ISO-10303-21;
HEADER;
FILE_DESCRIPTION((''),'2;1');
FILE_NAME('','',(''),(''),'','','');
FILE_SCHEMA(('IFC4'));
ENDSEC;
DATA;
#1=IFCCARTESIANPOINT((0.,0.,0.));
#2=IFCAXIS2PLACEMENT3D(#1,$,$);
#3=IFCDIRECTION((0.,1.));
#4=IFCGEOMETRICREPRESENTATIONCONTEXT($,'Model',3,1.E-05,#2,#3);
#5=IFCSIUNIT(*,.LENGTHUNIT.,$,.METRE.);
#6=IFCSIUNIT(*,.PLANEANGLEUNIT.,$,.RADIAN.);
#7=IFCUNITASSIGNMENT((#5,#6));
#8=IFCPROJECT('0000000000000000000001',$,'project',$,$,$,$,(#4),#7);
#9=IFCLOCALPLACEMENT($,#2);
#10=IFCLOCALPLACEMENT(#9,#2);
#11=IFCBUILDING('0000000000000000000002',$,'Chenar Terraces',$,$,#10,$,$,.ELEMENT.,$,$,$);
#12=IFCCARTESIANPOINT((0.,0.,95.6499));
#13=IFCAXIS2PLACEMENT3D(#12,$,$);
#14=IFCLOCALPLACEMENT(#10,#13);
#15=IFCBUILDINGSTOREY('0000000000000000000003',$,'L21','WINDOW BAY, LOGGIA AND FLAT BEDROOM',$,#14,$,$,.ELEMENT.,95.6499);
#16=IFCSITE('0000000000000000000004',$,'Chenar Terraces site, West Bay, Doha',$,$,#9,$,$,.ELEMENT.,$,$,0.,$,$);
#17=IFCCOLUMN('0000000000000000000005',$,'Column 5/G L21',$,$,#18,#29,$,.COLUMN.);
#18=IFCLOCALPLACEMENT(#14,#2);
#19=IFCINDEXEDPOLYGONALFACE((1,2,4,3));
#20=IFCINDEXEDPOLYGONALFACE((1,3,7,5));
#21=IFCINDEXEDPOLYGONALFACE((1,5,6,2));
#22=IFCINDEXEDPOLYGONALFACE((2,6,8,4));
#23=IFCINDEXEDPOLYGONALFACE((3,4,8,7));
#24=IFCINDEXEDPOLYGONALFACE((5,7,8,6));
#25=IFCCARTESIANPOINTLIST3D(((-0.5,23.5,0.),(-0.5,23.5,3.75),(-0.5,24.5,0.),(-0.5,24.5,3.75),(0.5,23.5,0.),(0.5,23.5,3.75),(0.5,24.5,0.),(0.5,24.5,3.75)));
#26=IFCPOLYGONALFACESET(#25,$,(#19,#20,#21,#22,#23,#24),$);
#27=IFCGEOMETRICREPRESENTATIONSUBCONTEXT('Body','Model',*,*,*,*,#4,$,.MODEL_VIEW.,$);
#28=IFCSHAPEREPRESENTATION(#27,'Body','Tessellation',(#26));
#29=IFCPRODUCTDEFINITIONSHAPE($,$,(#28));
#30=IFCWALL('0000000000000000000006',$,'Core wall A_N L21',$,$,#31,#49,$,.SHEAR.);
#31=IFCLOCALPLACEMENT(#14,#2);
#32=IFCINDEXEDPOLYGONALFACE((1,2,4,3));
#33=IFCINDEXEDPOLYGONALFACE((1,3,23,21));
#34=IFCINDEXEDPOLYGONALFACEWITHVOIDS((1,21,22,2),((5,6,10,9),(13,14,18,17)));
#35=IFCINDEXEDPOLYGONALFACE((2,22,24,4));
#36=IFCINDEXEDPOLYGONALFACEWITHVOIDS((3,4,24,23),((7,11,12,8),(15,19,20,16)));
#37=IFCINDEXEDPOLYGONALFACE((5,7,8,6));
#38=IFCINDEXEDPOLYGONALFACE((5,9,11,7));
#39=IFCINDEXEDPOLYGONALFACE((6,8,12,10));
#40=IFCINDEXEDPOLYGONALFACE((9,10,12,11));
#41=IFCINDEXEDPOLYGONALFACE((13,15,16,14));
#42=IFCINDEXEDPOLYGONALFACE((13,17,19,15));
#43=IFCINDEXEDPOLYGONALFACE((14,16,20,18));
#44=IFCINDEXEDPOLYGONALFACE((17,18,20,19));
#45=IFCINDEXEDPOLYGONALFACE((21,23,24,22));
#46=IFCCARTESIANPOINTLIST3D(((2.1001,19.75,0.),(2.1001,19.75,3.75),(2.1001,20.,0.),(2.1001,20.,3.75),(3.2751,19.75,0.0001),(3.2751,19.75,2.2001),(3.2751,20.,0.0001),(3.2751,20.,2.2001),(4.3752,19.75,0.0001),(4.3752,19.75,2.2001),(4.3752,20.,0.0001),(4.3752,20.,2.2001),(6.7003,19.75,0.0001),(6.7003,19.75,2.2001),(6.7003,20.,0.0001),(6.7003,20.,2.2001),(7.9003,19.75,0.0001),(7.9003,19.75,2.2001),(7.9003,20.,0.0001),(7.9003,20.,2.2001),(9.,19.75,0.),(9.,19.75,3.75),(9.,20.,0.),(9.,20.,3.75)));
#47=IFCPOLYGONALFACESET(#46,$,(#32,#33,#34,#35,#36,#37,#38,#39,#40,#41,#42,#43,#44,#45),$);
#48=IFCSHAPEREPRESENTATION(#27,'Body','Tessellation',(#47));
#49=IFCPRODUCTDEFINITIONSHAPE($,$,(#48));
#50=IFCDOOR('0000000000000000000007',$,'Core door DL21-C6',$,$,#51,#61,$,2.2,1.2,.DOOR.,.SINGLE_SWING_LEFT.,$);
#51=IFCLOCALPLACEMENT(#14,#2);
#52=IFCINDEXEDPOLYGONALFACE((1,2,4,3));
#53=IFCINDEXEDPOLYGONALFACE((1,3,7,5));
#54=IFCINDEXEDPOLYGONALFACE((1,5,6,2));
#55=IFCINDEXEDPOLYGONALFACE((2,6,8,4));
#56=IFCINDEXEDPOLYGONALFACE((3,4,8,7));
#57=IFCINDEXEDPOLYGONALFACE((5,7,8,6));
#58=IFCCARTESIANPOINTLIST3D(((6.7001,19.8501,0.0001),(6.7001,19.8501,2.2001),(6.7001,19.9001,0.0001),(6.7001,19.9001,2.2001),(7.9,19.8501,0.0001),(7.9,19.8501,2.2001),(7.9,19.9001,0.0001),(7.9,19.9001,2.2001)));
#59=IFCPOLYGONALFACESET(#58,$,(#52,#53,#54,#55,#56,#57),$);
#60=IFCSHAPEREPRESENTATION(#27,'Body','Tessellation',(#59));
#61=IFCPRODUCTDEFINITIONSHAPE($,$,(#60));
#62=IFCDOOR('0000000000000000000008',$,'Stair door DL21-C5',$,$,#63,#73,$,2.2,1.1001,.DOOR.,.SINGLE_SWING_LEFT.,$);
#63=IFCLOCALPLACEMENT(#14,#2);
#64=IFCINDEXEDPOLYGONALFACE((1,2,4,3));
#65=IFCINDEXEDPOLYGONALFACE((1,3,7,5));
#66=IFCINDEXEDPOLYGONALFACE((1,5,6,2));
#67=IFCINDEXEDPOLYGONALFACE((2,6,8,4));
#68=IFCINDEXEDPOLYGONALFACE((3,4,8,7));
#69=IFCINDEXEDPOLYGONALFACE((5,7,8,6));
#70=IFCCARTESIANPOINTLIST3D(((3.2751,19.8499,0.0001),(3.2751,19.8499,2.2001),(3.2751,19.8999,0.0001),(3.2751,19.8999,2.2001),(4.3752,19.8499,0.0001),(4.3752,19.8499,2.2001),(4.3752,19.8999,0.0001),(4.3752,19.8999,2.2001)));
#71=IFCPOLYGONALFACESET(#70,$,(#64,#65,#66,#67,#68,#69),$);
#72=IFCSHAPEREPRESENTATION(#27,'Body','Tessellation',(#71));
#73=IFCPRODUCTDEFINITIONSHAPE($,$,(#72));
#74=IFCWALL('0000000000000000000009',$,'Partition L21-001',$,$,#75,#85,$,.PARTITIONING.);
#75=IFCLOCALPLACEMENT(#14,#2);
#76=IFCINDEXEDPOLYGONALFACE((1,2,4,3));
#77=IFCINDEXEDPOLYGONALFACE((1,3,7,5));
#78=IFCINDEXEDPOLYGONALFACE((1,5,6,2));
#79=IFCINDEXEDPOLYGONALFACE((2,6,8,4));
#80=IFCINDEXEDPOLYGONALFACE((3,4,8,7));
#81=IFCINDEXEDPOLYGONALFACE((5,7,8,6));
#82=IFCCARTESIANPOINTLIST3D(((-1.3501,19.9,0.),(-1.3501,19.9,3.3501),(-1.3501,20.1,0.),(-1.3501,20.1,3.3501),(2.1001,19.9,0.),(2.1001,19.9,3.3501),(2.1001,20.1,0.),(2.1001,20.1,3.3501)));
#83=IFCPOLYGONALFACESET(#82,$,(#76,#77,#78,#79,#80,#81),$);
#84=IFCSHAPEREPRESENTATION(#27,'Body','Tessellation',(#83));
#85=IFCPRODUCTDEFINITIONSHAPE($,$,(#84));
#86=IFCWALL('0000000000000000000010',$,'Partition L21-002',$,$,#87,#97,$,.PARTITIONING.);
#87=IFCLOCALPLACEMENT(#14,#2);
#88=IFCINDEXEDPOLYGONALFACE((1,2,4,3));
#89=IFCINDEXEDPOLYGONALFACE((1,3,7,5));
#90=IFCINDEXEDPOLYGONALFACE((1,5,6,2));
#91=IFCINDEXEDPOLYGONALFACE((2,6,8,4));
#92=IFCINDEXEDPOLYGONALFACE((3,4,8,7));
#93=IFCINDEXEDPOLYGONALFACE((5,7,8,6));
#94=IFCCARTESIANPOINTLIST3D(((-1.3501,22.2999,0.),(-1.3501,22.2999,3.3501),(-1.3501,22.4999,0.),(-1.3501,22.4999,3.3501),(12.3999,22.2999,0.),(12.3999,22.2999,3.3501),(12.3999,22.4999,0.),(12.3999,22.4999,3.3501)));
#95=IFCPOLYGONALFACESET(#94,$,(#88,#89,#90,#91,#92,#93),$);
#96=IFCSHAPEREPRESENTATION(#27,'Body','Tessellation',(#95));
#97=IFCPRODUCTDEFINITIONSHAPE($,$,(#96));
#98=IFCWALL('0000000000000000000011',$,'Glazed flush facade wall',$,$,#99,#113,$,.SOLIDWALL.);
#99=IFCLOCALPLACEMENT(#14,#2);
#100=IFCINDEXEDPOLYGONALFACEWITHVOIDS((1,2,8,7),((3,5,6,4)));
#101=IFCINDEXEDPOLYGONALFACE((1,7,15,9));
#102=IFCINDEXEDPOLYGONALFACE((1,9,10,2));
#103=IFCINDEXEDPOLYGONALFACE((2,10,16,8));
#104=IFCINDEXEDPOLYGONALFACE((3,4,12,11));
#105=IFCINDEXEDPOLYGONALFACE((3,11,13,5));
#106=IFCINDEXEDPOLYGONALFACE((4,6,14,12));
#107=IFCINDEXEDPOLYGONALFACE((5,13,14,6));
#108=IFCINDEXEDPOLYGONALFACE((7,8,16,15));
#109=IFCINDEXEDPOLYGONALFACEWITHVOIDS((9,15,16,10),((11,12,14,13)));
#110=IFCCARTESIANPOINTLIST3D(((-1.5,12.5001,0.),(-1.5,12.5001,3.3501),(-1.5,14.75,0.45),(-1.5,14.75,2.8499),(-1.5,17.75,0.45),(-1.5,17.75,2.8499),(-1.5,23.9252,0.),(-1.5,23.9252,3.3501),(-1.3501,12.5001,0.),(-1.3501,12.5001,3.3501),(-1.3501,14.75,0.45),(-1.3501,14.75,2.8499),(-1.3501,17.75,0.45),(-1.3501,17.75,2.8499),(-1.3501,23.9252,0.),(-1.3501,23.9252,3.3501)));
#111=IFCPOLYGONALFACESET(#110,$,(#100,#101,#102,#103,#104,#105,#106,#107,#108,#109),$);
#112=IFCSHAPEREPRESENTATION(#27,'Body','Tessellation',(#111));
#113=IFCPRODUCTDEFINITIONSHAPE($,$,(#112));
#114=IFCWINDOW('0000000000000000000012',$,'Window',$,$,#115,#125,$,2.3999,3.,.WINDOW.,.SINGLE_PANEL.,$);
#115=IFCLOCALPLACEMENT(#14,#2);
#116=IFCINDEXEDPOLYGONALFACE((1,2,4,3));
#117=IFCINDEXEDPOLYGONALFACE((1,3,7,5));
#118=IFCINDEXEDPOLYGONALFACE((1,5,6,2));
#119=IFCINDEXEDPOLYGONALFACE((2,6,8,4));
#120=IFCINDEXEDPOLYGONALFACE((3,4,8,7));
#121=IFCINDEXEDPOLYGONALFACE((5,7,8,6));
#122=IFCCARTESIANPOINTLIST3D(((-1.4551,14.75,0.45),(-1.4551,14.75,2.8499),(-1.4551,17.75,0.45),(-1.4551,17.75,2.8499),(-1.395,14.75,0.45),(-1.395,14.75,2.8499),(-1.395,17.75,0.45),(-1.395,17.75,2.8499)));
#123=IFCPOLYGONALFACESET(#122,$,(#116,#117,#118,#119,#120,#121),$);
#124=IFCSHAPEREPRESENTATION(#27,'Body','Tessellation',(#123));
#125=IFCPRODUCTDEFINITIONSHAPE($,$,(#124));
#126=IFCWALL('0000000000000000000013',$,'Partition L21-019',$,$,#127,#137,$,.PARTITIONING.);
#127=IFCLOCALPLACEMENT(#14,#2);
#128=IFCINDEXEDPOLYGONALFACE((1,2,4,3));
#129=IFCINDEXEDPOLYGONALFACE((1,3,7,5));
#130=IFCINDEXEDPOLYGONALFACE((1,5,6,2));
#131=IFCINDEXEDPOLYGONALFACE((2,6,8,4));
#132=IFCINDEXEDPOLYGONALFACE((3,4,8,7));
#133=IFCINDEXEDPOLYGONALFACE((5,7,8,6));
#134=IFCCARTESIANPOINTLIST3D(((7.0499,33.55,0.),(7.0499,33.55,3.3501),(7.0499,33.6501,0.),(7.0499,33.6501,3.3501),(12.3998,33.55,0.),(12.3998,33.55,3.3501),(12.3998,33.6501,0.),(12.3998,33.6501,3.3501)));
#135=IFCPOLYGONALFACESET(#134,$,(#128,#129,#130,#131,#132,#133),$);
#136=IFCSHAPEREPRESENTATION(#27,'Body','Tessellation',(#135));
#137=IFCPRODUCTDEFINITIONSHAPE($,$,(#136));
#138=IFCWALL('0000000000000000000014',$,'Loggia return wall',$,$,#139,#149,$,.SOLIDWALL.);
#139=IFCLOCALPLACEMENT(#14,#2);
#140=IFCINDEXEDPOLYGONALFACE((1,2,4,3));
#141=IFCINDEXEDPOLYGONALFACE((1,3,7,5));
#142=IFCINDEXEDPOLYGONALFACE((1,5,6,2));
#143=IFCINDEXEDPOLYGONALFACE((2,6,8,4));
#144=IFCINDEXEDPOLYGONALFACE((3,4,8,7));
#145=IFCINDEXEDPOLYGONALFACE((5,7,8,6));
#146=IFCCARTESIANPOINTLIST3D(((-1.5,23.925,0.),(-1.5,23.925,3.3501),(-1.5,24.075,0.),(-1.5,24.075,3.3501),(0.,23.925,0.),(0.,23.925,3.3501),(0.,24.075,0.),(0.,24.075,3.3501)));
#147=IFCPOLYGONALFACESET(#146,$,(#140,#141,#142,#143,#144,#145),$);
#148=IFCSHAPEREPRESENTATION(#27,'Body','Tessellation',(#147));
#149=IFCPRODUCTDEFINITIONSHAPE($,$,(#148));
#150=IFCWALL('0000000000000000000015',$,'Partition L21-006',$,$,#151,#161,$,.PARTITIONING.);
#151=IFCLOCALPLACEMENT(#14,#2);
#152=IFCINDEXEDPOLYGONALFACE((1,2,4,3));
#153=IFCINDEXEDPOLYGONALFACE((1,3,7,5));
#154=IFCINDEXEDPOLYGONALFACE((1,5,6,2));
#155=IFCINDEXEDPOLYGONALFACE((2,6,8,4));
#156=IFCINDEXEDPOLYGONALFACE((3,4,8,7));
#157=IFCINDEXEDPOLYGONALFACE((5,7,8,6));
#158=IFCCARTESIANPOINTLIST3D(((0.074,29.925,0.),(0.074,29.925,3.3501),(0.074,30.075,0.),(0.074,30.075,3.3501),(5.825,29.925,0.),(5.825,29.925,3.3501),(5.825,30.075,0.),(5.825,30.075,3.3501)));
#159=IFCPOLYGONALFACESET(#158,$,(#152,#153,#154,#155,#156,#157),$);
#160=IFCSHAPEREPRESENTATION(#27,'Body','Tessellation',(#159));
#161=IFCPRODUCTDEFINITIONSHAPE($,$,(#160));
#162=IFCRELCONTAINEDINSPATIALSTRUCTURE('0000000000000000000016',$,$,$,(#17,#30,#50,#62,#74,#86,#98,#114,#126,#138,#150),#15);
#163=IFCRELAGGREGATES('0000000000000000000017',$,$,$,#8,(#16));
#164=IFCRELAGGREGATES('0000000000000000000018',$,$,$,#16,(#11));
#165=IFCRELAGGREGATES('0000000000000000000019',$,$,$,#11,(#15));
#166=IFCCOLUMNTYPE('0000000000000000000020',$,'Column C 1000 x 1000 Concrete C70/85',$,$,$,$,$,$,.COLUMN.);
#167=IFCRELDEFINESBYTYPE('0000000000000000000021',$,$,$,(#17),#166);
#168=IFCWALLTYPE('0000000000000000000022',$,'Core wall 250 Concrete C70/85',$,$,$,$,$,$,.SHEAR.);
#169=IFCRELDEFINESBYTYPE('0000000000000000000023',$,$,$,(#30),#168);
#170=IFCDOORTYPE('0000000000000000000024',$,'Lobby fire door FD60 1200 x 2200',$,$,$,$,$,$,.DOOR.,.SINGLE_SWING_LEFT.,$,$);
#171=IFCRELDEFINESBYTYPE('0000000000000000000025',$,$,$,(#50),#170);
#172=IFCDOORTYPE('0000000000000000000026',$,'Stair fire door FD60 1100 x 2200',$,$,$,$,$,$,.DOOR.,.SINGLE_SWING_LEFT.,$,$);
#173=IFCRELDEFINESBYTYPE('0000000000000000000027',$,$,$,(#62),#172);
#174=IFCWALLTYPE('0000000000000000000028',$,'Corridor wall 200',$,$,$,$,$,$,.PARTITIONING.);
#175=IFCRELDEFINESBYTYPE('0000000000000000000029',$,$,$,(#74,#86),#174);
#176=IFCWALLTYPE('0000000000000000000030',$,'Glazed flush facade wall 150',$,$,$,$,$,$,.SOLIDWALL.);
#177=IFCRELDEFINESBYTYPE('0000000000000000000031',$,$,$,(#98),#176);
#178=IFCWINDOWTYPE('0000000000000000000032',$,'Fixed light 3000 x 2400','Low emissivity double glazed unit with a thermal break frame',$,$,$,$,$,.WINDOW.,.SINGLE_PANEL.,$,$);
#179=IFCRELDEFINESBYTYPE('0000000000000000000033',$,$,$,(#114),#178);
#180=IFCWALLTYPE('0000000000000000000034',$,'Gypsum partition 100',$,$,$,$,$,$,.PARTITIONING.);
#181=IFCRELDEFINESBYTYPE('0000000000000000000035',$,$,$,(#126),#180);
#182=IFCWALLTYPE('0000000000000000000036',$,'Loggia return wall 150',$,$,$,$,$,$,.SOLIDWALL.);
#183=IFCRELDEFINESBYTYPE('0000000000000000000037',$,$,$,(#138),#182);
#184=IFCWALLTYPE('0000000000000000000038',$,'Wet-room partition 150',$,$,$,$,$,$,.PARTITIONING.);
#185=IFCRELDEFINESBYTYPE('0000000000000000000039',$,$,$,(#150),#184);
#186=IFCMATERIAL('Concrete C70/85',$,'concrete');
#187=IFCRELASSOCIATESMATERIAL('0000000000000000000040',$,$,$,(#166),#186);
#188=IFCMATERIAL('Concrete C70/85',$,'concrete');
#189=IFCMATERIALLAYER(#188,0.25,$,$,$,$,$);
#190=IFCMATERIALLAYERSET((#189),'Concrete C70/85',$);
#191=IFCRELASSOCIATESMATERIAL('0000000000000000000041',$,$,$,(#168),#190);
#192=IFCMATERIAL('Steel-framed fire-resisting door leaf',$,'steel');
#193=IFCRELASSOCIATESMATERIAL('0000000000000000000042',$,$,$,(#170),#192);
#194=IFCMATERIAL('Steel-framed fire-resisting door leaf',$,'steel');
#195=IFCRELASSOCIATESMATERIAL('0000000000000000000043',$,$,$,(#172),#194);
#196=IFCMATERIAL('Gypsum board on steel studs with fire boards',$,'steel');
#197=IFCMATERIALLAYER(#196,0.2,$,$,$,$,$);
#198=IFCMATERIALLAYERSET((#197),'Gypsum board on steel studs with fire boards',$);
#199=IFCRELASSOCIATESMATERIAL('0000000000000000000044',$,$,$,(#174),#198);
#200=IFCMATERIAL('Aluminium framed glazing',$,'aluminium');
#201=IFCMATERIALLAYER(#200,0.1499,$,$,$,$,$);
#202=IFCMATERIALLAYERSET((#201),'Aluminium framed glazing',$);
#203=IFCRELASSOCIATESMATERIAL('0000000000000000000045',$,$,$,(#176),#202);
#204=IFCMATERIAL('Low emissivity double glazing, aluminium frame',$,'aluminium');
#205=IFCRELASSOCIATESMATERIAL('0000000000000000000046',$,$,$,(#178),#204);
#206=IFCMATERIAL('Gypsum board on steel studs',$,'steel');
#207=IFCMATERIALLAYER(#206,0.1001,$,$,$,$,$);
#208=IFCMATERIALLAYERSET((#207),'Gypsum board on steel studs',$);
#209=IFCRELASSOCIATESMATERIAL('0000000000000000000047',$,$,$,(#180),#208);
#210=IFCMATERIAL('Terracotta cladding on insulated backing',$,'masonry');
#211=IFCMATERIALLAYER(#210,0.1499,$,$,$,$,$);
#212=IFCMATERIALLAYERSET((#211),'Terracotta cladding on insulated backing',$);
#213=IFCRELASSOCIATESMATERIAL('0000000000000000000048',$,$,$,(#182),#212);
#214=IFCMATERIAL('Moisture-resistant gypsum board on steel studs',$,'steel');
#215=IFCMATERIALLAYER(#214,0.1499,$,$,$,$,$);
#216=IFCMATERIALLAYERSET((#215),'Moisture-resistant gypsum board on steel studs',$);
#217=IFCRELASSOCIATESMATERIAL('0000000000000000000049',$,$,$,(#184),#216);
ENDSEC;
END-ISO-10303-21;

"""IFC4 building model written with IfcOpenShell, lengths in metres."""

from ifc_helpers import new_model, si_unit, direction, frame, frame_2d, origin, origin_2d, place, context, subcontext, project, spatial, rectangle, extrude, material, layer, layer_set, material_profile, profile_set, type_object, element, fill, save


model = new_model("IFC4")

# Units and contexts
model_context = context("Model", 3, precision=1e-05, world=origin(), true_north=direction((0.0, 1.0)))
body_context = subcontext(model_context, "Body", "Model", "MODEL_VIEW")
ifc_project = project(units=[si_unit("LENGTHUNIT", "METRE"), si_unit("PLANEANGLEUNIT", "RADIAN")], contexts=[model_context])

# Site, building, storey
site_placement = place(None, origin())
site = spatial("IfcSite", under=ifc_project, at=site_placement, Name="Chenar Terraces site, West Bay, Doha", CompositionType="ELEMENT", RefElevation=0.0)
building_placement = place(site_placement, origin())
building = spatial("IfcBuilding", under=site, at=building_placement, Name="Chenar Terraces", CompositionType="ELEMENT")
storey_placement = place(building_placement, frame((0.0, 0.0, 95.6499)))
storey = spatial("IfcBuildingStorey", under=building, at=storey_placement, Name="L21", Description="WINDOW BAY, LOGGIA AND FLAT BEDROOM", CompositionType="ELEMENT", Elevation=95.6499)

# Column
ifc_material_1 = material(Name="Concrete C70/85", Category="concrete")
ifc_material_profile = material_profile(ifc_material_1, rectangle(XDim=1.0, YDim=1.0, at=origin_2d()), Name="C 1000 x 1000")
ifc_profile_set = profile_set([ifc_material_profile], Name="Concrete C70/85")
column_type = type_object("IfcColumnType", Name="Column C 1000 x 1000 Concrete C70/85", PredefinedType="COLUMN", material=ifc_profile_set)
column_placement = place(storey_placement, frame((0.0, 24.0, 0.0), z_axis=(0.0, 0.0, 1.0), x_axis=(1.0, 0.0, 0.0)))
element("IfcColumn", 1, at=column_placement, inside=storey, type_object=column_type, Name="Column 5/G L21", PredefinedType="COLUMN", context=body_context, shape_type="SweptSolid", body=[
    extrude(rectangle(XDim=1.0, YDim=1.0, at=origin_2d()), origin(), (0.0, 0.0, 1.0), 3.75),
])

# Wall, openings, doors
ifc_material_2 = material(Name="Concrete C70/85", Category="concrete")
ifc_layer_1 = layer(ifc_material_2, 0.25)
ifc_layer_set_1 = layer_set([ifc_layer_1], Name="Concrete C70/85")
wall_type_1 = type_object("IfcWallType", Name="Core wall 250 Concrete C70/85", PredefinedType="SHEAR", material=ifc_layer_set_1)
wall_1_placement = place(storey_placement, frame((2.1001, 19.875, 0.0), z_axis=(0.0, 0.0, 1.0), x_axis=(1.0, 0.0, 0.0)))
wall_1 = element("IfcWall", 2, at=wall_1_placement, inside=storey, type_object=wall_type_1, Name="Core wall A_N L21", PredefinedType="SHEAR", context=body_context, shape_type="SweptSolid", body=[
    extrude(rectangle(XDim=6.8999, YDim=0.25, at=frame_2d((3.45, 0.0))), origin(), (0.0, 0.0, 1.0), 3.75),
])
opening_1_placement = place(wall_1_placement, frame((1.175, 0.0, 0.0)))
opening_1 = element("IfcOpeningElement", 3, at=opening_1_placement, cuts=wall_1, PredefinedType="OPENING", context=body_context, shape_type="SweptSolid", body=[
    extrude(rectangle(XDim=1.1001, YDim=2.2, at=frame_2d((0.55, 1.1001))), frame((0.0, 0.135, 0.0), z_axis=(0.0, -1.0, 0.0), x_axis=(1.0, 0.0, 0.0)), (0.0, 0.0, 1.0), 0.27),
])
opening_2_placement = place(wall_1_placement, frame((4.6001, 0.0, 0.0)))
opening_2 = element("IfcOpeningElement", 4, at=opening_2_placement, cuts=wall_1, PredefinedType="OPENING", context=body_context, shape_type="SweptSolid", body=[
    extrude(rectangle(XDim=1.2, YDim=2.2, at=frame_2d((0.6001, 1.1001))), frame((0.0, 0.135, 0.0), z_axis=(0.0, -1.0, 0.0), x_axis=(1.0, 0.0, 0.0)), (0.0, 0.0, 1.0), 0.27),
])
ifc_material_3 = material(Name="Steel-framed fire-resisting door leaf", Category="steel")
door_type_1 = type_object("IfcDoorType", Name="Lobby fire door FD60 1200 x 2200", OperationType="SINGLE_SWING_LEFT", PredefinedType="DOOR", material=ifc_material_3)
door_1_placement = place(opening_2_placement, frame((1.2, 0.0, 0.0), z_axis=(0.0, 0.0, 1.0), x_axis=(-1.0, 0.0, 0.0)))
door_1 = element("IfcDoor", 5, at=door_1_placement, inside=storey, type_object=door_type_1, Name="Core door DL21-C6", OperationType="SINGLE_SWING_LEFT", OverallHeight=2.2, OverallWidth=1.2, PredefinedType="DOOR", context=body_context, shape_type="SweptSolid", body=[
    extrude(rectangle(XDim=1.2, YDim=2.2, at=frame_2d((0.6001, 1.1001))), frame((0.0, 0.0249, 0.0), z_axis=(0.0, -1.0, 0.0), x_axis=(1.0, 0.0, 0.0)), (0.0, 0.0, 1.0), 0.05),
])
fill(opening_2, door_1)
ifc_material_4 = material(Name="Steel-framed fire-resisting door leaf", Category="steel")
door_type_2 = type_object("IfcDoorType", Name="Stair fire door FD60 1100 x 2200", OperationType="SINGLE_SWING_LEFT", PredefinedType="DOOR", material=ifc_material_4)
door_2_placement = place(opening_1_placement, origin())
door_2 = element("IfcDoor", 6, at=door_2_placement, inside=storey, type_object=door_type_2, Name="Stair door DL21-C5", OperationType="SINGLE_SWING_LEFT", OverallHeight=2.2, OverallWidth=1.1001, PredefinedType="DOOR", context=body_context, shape_type="SweptSolid", body=[
    extrude(rectangle(XDim=1.1001, YDim=2.2, at=frame_2d((0.55, 1.1001))), frame((0.0, 0.0249, 0.0), z_axis=(0.0, -1.0, 0.0), x_axis=(1.0, 0.0, 0.0)), (0.0, 0.0, 1.0), 0.05),
])
fill(opening_1, door_2)

# Walls
ifc_material_5 = material(Name="Gypsum board on steel studs with fire boards", Category="steel")
ifc_layer_2 = layer(ifc_material_5, 0.2)
ifc_layer_set_2 = layer_set([ifc_layer_2], Name="Gypsum board on steel studs with fire boards")
wall_type_2 = type_object("IfcWallType", Name="Corridor wall 200", PredefinedType="PARTITIONING", material=ifc_layer_set_2)
wall_2_placement = place(storey_placement, frame((-1.3501, 20.0, 0.0), z_axis=(0.0, 0.0, 1.0), x_axis=(1.0, 0.0, 0.0)))
element("IfcWall", 7, at=wall_2_placement, inside=storey, type_object=wall_type_2, Name="Partition L21-001", PredefinedType="PARTITIONING", context=body_context, shape_type="SweptSolid", body=[
    extrude(rectangle(XDim=3.4502, YDim=0.2, at=frame_2d((1.7251, 0.0))), origin(), (0.0, 0.0, 1.0), 3.3501),
])
wall_3_placement = place(storey_placement, frame((-1.3501, 22.3999, 0.0), z_axis=(0.0, 0.0, 1.0), x_axis=(1.0, 0.0, 0.0)))
element("IfcWall", 8, at=wall_3_placement, inside=storey, type_object=wall_type_2, Name="Partition L21-002", PredefinedType="PARTITIONING", context=body_context, shape_type="SweptSolid", body=[
    extrude(rectangle(XDim=13.75, YDim=0.2, at=frame_2d((6.875, 0.0))), origin(), (0.0, 0.0, 1.0), 3.3501),
])

# Wall, opening, window
ifc_material_6 = material(Name="Aluminium framed glazing", Category="aluminium")
ifc_layer_3 = layer(ifc_material_6, 0.1499)
ifc_layer_set_3 = layer_set([ifc_layer_3], Name="Aluminium framed glazing")
wall_type_3 = type_object("IfcWallType", Name="Glazed flush facade wall 150", PredefinedType="SOLIDWALL", material=ifc_layer_set_3)
wall_4_placement = place(storey_placement, frame((-1.425, 23.925, 0.0), z_axis=(0.0, 0.0, 1.0), x_axis=(0.0, -1.0, 0.0)))
wall_4 = element("IfcWall", 9, at=wall_4_placement, inside=storey, type_object=wall_type_3, Name="Glazed flush facade wall", PredefinedType="SOLIDWALL", context=body_context, shape_type="SweptSolid", body=[
    extrude(rectangle(XDim=11.425, YDim=0.1499, at=frame_2d((5.7124, 0.0))), origin(), (0.0, 0.0, 1.0), 3.3501),
])
opening_3_placement = place(wall_4_placement, frame((6.175, 0.0, 0.45)))
opening_3 = element("IfcOpeningElement", 10, at=opening_3_placement, cuts=wall_4, PredefinedType="OPENING", context=body_context, shape_type="SweptSolid", body=[
    extrude(rectangle(XDim=3.0, YDim=2.3999, at=frame_2d((1.5, 1.2))), frame((0.0, 0.085, 0.0), z_axis=(0.0, -1.0, 0.0), x_axis=(1.0, 0.0, 0.0)), (0.0, 0.0, 1.0), 0.1699),
])
ifc_material_7 = material(Name="Low emissivity double glazing, aluminium frame", Category="aluminium")
window_type = type_object("IfcWindowType", Name="Fixed light 3000 x 2400", Description="Low emissivity double glazed unit with a thermal break frame", PartitioningType="SINGLE_PANEL", PredefinedType="WINDOW", material=ifc_material_7)
window_placement = place(opening_3_placement, origin())
window = element("IfcWindow", 11, at=window_placement, inside=storey, type_object=window_type, Name="Window", OverallHeight=2.3999, OverallWidth=3.0, PartitioningType="SINGLE_PANEL", PredefinedType="WINDOW", context=body_context, shape_type="SweptSolid", body=[
    extrude(rectangle(XDim=3.0, YDim=2.3999, at=frame_2d((1.5, 1.2))), frame((0.0, 0.03, 0.0), z_axis=(0.0, -1.0, 0.0), x_axis=(1.0, 0.0, 0.0)), (0.0, 0.0, 1.0), 0.0601),
])
fill(opening_3, window)

# Walls
ifc_material_8 = material(Name="Gypsum board on steel studs", Category="steel")
ifc_layer_4 = layer(ifc_material_8, 0.1001)
ifc_layer_set_4 = layer_set([ifc_layer_4], Name="Gypsum board on steel studs")
wall_type_4 = type_object("IfcWallType", Name="Gypsum partition 100", PredefinedType="PARTITIONING", material=ifc_layer_set_4)
wall_5_placement = place(storey_placement, frame((7.05, 33.6001, 0.0), z_axis=(0.0, 0.0, 1.0), x_axis=(1.0, 0.0, 0.0)))
element("IfcWall", 12, at=wall_5_placement, inside=storey, type_object=wall_type_4, Name="Partition L21-019", PredefinedType="PARTITIONING", context=body_context, shape_type="SweptSolid", body=[
    extrude(rectangle(XDim=5.3499, YDim=0.1001, at=frame_2d((2.6748, 0.0))), origin(), (0.0, 0.0, 1.0), 3.3501),
])
ifc_material_9 = material(Name="Terracotta cladding on insulated backing", Category="masonry")
ifc_layer_5 = layer(ifc_material_9, 0.1499)
ifc_layer_set_5 = layer_set([ifc_layer_5], Name="Terracotta cladding on insulated backing")
wall_type_5 = type_object("IfcWallType", Name="Loggia return wall 150", PredefinedType="SOLIDWALL", material=ifc_layer_set_5)
wall_6_placement = place(storey_placement, frame((-1.5, 24.0, 0.0), z_axis=(0.0, 0.0, 1.0), x_axis=(1.0, 0.0, 0.0)))
element("IfcWall", 13, at=wall_6_placement, inside=storey, type_object=wall_type_5, Name="Loggia return wall", PredefinedType="SOLIDWALL", context=body_context, shape_type="SweptSolid", body=[
    extrude(rectangle(XDim=1.5, YDim=0.1499, at=frame_2d((0.75, 0.0))), origin(), (0.0, 0.0, 1.0), 3.3501),
])
ifc_material_10 = material(Name="Moisture-resistant gypsum board on steel studs", Category="steel")
ifc_layer_6 = layer(ifc_material_10, 0.1499)
ifc_layer_set_6 = layer_set([ifc_layer_6], Name="Moisture-resistant gypsum board on steel studs")
wall_type_6 = type_object("IfcWallType", Name="Wet-room partition 150", PredefinedType="PARTITIONING", material=ifc_layer_set_6)
wall_7_placement = place(storey_placement, frame((0.074, 30.0, 0.0), z_axis=(0.0, 0.0, 1.0), x_axis=(1.0, 0.0, 0.0)))
element("IfcWall", 14, at=wall_7_placement, inside=storey, type_object=wall_type_6, Name="Partition L21-006", PredefinedType="PARTITIONING", context=body_context, shape_type="SweptSolid", body=[
    extrude(rectangle(XDim=5.751, YDim=0.1499, at=frame_2d((2.8755, 0.0))), origin(), (0.0, 0.0, 1.0), 3.3501),
])

save(model, "model.ifc")
